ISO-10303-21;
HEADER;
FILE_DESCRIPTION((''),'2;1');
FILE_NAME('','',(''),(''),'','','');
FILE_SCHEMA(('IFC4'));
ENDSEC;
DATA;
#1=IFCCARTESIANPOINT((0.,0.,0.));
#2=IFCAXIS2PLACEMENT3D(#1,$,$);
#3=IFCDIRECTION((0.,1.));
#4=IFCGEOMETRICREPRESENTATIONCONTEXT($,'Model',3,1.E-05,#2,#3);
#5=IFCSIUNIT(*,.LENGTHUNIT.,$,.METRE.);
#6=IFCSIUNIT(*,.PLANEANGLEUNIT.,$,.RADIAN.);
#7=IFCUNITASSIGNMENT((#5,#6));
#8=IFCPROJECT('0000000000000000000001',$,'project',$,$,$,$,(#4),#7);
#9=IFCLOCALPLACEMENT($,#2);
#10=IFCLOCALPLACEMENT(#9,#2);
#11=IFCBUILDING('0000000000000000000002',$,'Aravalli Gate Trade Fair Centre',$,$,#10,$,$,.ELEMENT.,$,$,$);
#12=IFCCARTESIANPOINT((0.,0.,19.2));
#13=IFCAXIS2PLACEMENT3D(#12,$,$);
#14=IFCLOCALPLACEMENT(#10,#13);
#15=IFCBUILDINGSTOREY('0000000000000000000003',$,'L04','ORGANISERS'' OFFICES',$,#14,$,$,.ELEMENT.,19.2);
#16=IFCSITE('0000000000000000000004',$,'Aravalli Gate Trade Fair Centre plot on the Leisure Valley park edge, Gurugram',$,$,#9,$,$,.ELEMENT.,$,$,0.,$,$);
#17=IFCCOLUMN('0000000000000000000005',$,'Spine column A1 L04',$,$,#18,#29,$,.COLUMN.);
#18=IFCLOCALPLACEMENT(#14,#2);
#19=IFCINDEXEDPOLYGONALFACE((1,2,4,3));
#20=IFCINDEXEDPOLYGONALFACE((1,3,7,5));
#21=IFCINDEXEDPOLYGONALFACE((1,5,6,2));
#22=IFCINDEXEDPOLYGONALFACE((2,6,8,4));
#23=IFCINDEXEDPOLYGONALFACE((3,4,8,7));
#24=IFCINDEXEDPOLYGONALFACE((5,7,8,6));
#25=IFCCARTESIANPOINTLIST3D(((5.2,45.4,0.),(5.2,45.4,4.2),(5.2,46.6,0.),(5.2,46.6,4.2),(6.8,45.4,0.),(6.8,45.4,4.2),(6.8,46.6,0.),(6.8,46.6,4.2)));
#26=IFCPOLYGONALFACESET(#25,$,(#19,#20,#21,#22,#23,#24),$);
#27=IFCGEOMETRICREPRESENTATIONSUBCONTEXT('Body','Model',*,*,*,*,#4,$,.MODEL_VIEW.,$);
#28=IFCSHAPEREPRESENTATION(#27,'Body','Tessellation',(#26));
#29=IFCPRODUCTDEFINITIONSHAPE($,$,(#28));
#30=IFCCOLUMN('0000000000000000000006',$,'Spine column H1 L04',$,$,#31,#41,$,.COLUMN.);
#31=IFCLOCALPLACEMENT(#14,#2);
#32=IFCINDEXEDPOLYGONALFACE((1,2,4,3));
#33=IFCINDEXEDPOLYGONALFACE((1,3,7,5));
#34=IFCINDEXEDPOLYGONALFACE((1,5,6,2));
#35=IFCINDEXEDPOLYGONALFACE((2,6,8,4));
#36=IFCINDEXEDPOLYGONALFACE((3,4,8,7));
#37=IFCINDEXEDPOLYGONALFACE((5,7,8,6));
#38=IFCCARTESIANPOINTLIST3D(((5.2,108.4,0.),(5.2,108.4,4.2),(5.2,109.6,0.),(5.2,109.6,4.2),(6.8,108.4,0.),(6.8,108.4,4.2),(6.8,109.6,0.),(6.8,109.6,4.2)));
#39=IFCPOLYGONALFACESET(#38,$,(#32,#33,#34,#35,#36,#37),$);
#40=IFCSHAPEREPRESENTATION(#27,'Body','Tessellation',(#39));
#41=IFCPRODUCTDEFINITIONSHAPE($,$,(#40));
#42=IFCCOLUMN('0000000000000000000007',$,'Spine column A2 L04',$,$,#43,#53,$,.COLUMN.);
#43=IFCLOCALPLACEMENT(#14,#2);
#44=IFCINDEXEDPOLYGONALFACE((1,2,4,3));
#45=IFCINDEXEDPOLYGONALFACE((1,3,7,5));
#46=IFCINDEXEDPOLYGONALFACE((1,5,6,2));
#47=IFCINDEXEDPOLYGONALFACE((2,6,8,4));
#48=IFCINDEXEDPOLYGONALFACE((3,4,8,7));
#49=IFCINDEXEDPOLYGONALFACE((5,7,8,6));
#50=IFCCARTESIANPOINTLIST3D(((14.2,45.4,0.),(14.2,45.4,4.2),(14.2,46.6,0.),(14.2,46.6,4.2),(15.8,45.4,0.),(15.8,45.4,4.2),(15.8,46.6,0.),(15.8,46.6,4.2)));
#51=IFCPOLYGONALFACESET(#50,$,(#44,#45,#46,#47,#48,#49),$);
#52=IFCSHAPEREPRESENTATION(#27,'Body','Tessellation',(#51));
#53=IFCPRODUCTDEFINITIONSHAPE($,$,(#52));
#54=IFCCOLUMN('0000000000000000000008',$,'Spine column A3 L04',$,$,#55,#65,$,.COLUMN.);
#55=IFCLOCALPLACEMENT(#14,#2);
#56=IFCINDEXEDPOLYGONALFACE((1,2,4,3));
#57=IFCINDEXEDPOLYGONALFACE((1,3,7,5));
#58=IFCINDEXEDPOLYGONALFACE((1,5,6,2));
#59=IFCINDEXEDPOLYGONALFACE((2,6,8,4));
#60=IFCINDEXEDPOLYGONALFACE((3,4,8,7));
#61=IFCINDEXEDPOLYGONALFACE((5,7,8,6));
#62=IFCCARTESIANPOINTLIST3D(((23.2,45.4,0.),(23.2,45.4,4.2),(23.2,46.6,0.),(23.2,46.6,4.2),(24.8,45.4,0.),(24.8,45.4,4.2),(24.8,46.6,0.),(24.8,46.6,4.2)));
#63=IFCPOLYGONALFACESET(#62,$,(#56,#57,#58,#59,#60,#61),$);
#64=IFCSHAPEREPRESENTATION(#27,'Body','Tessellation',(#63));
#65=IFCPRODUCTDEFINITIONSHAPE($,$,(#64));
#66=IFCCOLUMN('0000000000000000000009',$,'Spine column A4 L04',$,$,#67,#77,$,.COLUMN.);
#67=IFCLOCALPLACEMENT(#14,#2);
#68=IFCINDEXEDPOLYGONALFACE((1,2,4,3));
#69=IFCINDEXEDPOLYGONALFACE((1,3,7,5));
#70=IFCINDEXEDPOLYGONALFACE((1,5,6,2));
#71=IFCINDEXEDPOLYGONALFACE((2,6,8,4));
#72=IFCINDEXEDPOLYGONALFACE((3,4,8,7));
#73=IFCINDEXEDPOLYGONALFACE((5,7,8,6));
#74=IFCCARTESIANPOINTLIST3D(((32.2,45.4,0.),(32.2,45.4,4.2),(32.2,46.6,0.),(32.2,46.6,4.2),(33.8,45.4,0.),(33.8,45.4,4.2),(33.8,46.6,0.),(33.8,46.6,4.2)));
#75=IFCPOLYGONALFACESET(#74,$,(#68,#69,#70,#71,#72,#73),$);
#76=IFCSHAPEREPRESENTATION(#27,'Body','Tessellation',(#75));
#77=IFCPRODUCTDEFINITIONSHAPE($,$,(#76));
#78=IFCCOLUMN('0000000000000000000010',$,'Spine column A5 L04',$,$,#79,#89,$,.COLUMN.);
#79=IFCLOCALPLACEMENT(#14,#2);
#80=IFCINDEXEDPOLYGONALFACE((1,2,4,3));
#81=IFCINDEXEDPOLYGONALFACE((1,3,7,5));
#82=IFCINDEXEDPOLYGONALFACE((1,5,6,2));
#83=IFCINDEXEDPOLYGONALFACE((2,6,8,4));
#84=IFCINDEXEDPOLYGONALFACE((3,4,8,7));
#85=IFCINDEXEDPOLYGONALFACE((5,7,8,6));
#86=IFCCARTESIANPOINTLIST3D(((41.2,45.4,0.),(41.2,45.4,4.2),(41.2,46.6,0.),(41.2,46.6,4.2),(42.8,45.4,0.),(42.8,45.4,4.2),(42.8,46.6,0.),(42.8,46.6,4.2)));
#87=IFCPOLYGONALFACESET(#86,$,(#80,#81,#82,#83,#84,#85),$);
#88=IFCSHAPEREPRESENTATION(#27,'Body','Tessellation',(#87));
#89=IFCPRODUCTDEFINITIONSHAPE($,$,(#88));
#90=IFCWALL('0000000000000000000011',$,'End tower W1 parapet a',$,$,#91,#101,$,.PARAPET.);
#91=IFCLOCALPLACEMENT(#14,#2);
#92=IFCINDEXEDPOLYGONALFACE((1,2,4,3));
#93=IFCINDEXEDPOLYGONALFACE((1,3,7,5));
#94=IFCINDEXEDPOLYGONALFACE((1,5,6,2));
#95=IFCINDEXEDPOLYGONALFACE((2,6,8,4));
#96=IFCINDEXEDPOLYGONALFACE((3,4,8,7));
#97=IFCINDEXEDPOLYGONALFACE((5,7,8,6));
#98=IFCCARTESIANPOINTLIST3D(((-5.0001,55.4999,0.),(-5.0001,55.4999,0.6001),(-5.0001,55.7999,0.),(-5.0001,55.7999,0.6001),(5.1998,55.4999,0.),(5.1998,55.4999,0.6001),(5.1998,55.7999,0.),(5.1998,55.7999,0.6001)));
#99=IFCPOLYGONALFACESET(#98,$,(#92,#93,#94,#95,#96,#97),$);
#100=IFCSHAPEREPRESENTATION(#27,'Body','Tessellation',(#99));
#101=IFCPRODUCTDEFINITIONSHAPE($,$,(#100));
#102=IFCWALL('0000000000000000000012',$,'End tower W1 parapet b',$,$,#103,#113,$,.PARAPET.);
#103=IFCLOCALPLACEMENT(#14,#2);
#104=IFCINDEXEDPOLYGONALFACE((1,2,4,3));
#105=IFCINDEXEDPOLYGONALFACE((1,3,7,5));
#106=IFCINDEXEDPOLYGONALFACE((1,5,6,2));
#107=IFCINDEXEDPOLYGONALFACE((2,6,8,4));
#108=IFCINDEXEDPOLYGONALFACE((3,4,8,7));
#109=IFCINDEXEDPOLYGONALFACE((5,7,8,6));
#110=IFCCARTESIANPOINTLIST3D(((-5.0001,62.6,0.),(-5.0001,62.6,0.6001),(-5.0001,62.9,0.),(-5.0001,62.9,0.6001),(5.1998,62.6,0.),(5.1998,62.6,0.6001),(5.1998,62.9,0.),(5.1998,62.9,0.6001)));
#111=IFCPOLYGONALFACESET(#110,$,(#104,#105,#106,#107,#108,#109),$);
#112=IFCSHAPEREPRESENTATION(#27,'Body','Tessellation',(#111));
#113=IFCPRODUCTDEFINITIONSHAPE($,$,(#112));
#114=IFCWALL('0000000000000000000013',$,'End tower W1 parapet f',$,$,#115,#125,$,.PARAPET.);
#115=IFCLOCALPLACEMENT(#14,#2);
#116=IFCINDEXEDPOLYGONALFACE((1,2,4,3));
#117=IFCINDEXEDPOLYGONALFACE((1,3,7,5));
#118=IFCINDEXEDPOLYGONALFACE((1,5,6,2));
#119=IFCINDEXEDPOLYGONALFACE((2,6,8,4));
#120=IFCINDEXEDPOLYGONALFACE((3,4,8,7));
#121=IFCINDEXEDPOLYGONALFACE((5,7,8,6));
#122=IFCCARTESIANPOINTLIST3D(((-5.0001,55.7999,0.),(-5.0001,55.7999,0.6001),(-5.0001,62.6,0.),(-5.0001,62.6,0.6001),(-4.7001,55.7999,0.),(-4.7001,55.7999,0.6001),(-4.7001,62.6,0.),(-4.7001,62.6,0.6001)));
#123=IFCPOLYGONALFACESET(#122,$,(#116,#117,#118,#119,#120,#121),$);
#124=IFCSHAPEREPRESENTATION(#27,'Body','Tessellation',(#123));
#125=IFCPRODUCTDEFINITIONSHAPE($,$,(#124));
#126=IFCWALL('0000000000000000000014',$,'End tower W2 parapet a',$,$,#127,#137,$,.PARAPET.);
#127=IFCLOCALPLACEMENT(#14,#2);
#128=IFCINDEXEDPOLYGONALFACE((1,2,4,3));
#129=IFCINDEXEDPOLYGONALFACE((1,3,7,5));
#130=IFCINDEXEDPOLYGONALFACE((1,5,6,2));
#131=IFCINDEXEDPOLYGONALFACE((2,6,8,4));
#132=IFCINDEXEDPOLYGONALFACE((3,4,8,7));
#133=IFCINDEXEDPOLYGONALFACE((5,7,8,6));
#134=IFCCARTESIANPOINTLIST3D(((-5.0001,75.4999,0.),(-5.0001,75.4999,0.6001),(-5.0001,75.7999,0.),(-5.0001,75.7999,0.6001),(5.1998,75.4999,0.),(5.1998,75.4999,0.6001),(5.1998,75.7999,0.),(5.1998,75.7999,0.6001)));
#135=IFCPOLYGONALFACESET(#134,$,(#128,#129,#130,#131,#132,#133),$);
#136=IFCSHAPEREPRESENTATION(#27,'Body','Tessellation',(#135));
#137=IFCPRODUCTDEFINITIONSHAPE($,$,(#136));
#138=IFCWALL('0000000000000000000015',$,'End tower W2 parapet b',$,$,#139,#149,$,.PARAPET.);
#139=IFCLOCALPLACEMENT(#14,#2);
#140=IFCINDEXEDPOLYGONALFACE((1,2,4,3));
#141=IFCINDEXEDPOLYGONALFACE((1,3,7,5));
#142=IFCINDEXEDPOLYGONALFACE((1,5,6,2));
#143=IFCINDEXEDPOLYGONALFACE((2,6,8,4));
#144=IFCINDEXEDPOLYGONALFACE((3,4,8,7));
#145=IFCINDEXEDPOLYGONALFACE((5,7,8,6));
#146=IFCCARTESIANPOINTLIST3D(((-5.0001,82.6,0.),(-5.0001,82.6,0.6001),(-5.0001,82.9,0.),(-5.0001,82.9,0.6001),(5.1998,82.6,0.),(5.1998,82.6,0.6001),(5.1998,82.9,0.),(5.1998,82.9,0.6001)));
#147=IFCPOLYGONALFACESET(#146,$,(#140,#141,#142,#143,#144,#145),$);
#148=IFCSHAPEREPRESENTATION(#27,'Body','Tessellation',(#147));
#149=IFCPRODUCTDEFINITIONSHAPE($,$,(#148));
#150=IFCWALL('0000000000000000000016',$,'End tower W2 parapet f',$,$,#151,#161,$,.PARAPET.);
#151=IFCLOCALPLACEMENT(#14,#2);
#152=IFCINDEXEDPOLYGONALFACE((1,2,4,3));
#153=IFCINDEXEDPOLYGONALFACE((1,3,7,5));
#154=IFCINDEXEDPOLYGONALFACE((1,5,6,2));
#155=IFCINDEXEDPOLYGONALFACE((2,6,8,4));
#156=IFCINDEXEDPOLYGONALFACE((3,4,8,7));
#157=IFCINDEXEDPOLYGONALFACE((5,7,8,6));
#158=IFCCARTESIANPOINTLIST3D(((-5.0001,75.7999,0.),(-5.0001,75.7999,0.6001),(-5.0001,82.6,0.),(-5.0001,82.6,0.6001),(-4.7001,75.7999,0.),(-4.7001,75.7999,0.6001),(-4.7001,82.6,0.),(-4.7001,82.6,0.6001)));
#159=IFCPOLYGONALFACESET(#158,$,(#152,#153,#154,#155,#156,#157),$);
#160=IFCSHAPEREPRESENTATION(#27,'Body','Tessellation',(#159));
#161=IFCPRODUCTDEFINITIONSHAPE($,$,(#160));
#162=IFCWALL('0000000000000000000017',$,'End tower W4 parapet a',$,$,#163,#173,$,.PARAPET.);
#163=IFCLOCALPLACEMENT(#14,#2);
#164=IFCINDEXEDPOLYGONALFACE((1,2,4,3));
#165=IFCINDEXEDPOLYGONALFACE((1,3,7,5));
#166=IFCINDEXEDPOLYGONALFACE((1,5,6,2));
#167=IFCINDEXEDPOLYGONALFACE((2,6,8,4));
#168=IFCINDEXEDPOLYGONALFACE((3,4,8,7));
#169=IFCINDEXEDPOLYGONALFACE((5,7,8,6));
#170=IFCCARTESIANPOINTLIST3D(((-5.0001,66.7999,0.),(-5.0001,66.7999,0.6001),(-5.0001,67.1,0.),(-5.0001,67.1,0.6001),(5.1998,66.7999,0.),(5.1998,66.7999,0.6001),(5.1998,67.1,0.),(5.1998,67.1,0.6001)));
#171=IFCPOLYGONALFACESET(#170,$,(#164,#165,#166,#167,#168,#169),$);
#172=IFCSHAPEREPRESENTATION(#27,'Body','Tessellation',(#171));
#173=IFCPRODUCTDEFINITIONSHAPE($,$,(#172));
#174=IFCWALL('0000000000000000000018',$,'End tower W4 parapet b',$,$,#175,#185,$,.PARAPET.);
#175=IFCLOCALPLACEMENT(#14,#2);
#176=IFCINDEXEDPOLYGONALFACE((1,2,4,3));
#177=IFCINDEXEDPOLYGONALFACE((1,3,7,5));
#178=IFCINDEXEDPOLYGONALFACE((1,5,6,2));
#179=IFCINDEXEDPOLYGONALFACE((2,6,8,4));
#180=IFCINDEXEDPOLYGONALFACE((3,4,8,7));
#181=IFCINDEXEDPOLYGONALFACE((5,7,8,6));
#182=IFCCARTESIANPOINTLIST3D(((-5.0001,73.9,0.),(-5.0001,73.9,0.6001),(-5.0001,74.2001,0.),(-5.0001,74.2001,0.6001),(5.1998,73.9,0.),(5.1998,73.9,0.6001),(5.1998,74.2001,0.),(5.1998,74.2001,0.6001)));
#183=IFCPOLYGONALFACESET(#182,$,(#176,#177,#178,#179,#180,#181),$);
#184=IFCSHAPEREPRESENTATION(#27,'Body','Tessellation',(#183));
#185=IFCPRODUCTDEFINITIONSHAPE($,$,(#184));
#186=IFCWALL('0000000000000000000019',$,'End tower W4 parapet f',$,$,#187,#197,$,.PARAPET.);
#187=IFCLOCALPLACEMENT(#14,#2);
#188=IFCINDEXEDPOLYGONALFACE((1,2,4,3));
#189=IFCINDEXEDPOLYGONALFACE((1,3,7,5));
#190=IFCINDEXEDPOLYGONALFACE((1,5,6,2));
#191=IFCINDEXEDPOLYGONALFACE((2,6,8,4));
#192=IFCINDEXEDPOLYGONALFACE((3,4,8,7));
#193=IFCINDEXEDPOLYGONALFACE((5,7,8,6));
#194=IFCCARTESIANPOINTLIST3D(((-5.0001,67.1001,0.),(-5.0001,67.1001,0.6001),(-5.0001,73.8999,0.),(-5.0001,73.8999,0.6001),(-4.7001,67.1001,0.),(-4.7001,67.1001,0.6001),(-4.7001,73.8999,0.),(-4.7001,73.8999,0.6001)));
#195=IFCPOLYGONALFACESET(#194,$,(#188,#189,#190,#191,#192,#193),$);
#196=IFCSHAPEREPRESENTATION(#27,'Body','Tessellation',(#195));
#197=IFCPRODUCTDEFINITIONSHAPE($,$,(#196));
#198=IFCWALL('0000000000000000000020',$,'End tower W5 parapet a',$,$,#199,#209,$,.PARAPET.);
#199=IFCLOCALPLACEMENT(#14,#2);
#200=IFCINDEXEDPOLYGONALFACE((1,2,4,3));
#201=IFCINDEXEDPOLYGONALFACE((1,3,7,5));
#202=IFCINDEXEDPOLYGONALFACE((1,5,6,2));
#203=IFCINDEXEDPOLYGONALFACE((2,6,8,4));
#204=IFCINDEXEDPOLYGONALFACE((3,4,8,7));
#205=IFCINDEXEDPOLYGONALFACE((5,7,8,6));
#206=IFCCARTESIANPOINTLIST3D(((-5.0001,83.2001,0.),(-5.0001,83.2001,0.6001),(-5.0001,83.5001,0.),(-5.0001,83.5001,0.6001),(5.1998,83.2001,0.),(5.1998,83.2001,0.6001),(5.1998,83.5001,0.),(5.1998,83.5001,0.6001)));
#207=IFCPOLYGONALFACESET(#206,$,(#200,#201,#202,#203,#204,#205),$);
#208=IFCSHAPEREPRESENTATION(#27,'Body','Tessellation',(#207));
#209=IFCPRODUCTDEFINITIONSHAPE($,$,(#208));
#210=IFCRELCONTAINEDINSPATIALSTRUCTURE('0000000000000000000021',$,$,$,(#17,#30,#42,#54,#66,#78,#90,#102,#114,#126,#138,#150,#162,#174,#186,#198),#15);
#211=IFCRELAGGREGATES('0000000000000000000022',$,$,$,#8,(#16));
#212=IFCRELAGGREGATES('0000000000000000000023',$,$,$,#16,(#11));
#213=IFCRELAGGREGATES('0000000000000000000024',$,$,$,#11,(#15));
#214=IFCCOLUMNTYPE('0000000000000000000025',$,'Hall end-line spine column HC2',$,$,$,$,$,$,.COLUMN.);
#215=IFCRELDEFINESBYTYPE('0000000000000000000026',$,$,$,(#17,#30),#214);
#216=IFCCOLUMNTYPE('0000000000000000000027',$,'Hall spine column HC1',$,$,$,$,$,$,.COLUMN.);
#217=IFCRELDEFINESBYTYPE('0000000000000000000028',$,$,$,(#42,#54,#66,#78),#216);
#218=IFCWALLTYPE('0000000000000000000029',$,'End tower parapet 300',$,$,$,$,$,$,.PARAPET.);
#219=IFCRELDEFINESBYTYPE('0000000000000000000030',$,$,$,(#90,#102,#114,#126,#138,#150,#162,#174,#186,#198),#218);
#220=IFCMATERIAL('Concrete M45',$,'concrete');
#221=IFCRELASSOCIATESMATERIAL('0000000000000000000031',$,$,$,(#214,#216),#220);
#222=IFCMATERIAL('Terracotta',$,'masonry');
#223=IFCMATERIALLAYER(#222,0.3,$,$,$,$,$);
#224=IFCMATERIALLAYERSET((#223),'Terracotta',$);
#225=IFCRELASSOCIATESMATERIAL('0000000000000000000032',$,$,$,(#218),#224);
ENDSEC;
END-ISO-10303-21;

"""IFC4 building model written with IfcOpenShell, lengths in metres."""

from ifc_helpers import new_model, si_unit, direction, frame, frame_2d, origin, origin_2d, place, context, subcontext, project, spatial, rectangle, extrude, material, layer, layer_set, material_profile, profile_set, type_object, element, save


model = new_model("IFC4")

# Units and contexts
model_context = context("Model", 3, precision=1e-05, world=origin(), true_north=direction((0.0, 1.0)))
body_context = subcontext(model_context, "Body", "Model", "MODEL_VIEW")
ifc_project = project(units=[si_unit("LENGTHUNIT", "METRE"), si_unit("PLANEANGLEUNIT", "RADIAN")], contexts=[model_context])

# Site, building, storey
site_placement = place(None, origin())
site = spatial("IfcSite", under=ifc_project, at=site_placement, Name="Aravalli Gate Trade Fair Centre plot on the Leisure Valley park edge, Gurugram", CompositionType="ELEMENT", RefElevation=0.0)
building_placement = place(site_placement, origin())
building = spatial("IfcBuilding", under=site, at=building_placement, Name="Aravalli Gate Trade Fair Centre", CompositionType="ELEMENT")
storey_placement = place(building_placement, frame((0.0, 0.0, 19.2)))
storey = spatial("IfcBuildingStorey", under=building, at=storey_placement, Name="L04", Description="ORGANISERS' OFFICES", CompositionType="ELEMENT", Elevation=19.2)

# Columns
ifc_material_1 = material(Name="Concrete M45", Category="concrete")
ifc_material_profile_1 = material_profile(ifc_material_1, rectangle(XDim=1.6001, YDim=1.2, at=origin_2d()), Name="RC 1600x1200")
ifc_profile_set_1 = profile_set([ifc_material_profile_1], Name="Concrete M45")
column_type_1 = type_object("IfcColumnType", Name="Hall end-line spine column HC2", PredefinedType="COLUMN", material=ifc_profile_set_1)
for number, where, z_axis, x_axis, name in (
    (1, (6.0, 46.0, 0.0), (0.0, 0.0, 1.0), (1.0, 0.0, 0.0), "Spine column A1 L04"),
    (2, (6.0, 109.0, 0.0), (0.0, 0.0, 1.0), (1.0, 0.0, 0.0), "Spine column H1 L04"),
):
    element("IfcColumn", number, at=place(storey_placement, frame(where, z_axis=z_axis, x_axis=x_axis)), inside=storey, type_object=column_type_1, Name=name, PredefinedType="COLUMN", context=body_context, shape_type="SweptSolid", body=[
        extrude(rectangle(XDim=1.6001, YDim=1.2, at=origin_2d()), origin(), (0.0, 0.0, 1.0), 4.2),
    ])
ifc_material_profile_2 = material_profile(ifc_material_1, rectangle(XDim=1.6001, YDim=1.2, at=origin_2d()), Name="RC 1600x1200")
ifc_profile_set_2 = profile_set([ifc_material_profile_2], Name="Concrete M45")
column_type_2 = type_object("IfcColumnType", Name="Hall spine column HC1", PredefinedType="COLUMN", material=ifc_profile_set_2)
for number, where, z_axis, x_axis, name in (
    (3, (15.0, 46.0, 0.0), (0.0, 0.0, 1.0), (1.0, 0.0, 0.0), "Spine column A2 L04"),
    (4, (24.0, 46.0, 0.0), (0.0, 0.0, 1.0), (1.0, 0.0, 0.0), "Spine column A3 L04"),
    (5, (33.0, 46.0, 0.0), (0.0, 0.0, 1.0), (1.0, 0.0, 0.0), "Spine column A4 L04"),
    (6, (42.0, 46.0, 0.0), (0.0, 0.0, 1.0), (1.0, 0.0, 0.0), "Spine column A5 L04"),
):
    element("IfcColumn", number, at=place(storey_placement, frame(where, z_axis=z_axis, x_axis=x_axis)), inside=storey, type_object=column_type_2, Name=name, PredefinedType="COLUMN", context=body_context, shape_type="SweptSolid", body=[
        extrude(rectangle(XDim=1.6001, YDim=1.2, at=origin_2d()), origin(), (0.0, 0.0, 1.0), 4.2),
    ])

# Walls
ifc_material_2 = material(Name="Terracotta", Category="masonry")
ifc_layer_1 = layer(ifc_material_2, 0.3)
ifc_layer_set_1 = layer_set([ifc_layer_1], Name="Terracotta")
wall_type_1 = type_object("IfcWallType", Name="End tower parapet 300", PredefinedType="PARAPET", material=ifc_layer_set_1)
for number, where, z_axis, x_axis, name in (
    (7, (5.2, 55.6499, 0.0), (0.0, 0.0, 1.0), (-1.0, 0.0, 0.0), "End tower W1 parapet a"),
    (8, (5.2, 62.75, 0.0), (0.0, 0.0, 1.0), (-1.0, 0.0, 0.0), "End tower W1 parapet b"),
):
    element("IfcWall", number, at=place(storey_placement, frame(where, z_axis=z_axis, x_axis=x_axis)), inside=storey, type_object=wall_type_1, Name=name, PredefinedType="PARAPET", context=body_context, shape_type="SweptSolid", body=[
        extrude(rectangle(XDim=10.2, YDim=0.3, at=frame_2d((5.1001, 0.0))), origin(), (0.0, 0.0, 1.0), 0.6001),
    ])
wall_1_placement = place(storey_placement, frame((-4.8501, 55.8, 0.0), z_axis=(0.0, 0.0, 1.0), x_axis=(0.0, 1.0, 0.0)))
element("IfcWall", 9, at=wall_1_placement, inside=storey, type_object=wall_type_1, Name="End tower W1 parapet f", PredefinedType="PARAPET", context=body_context, shape_type="SweptSolid", body=[
    extrude(rectangle(XDim=6.8, YDim=0.3, at=frame_2d((3.3999, 0.0))), origin(), (0.0, 0.0, 1.0), 0.6001),
])
for number, where, z_axis, x_axis, name in (
    (10, (5.2, 75.6499, 0.0), (0.0, 0.0, 1.0), (-1.0, 0.0, 0.0), "End tower W2 parapet a"),
    (11, (5.2, 82.75, 0.0), (0.0, 0.0, 1.0), (-1.0, 0.0, 0.0), "End tower W2 parapet b"),
):
    element("IfcWall", number, at=place(storey_placement, frame(where, z_axis=z_axis, x_axis=x_axis)), inside=storey, type_object=wall_type_1, Name=name, PredefinedType="PARAPET", context=body_context, shape_type="SweptSolid", body=[
        extrude(rectangle(XDim=10.2, YDim=0.3, at=frame_2d((5.1001, 0.0))), origin(), (0.0, 0.0, 1.0), 0.6001),
    ])
wall_2_placement = place(storey_placement, frame((-4.8501, 75.8, 0.0), z_axis=(0.0, 0.0, 1.0), x_axis=(0.0, 1.0, 0.0)))
element("IfcWall", 12, at=wall_2_placement, inside=storey, type_object=wall_type_1, Name="End tower W2 parapet f", PredefinedType="PARAPET", context=body_context, shape_type="SweptSolid", body=[
    extrude(rectangle(XDim=6.8, YDim=0.3, at=frame_2d((3.3999, 0.0))), origin(), (0.0, 0.0, 1.0), 0.6001),
])
for number, where, z_axis, x_axis, name in (
    (13, (5.2, 66.95, 0.0), (0.0, 0.0, 1.0), (-1.0, 0.0, 0.0), "End tower W4 parapet a"),
    (14, (5.2, 74.05, 0.0), (0.0, 0.0, 1.0), (-1.0, 0.0, 0.0), "End tower W4 parapet b"),
):
    element("IfcWall", number, at=place(storey_placement, frame(where, z_axis=z_axis, x_axis=x_axis)), inside=storey, type_object=wall_type_1, Name=name, PredefinedType="PARAPET", context=body_context, shape_type="SweptSolid", body=[
        extrude(rectangle(XDim=10.2, YDim=0.3, at=frame_2d((5.1001, 0.0))), origin(), (0.0, 0.0, 1.0), 0.6001),
    ])
wall_3_placement = place(storey_placement, frame((-4.8501, 67.1001, 0.0), z_axis=(0.0, 0.0, 1.0), x_axis=(0.0, 1.0, 0.0)))
element("IfcWall", 15, at=wall_3_placement, inside=storey, type_object=wall_type_1, Name="End tower W4 parapet f", PredefinedType="PARAPET", context=body_context, shape_type="SweptSolid", body=[
    extrude(rectangle(XDim=6.7998, YDim=0.3, at=frame_2d((3.3999, 0.0))), origin(), (0.0, 0.0, 1.0), 0.6001),
])
for number, where, z_axis, x_axis, name in (
    (16, (5.2, 83.3501, 0.0), (0.0, 0.0, 1.0), (-1.0, 0.0, 0.0), "End tower W5 parapet a"),
):
    element("IfcWall", number, at=place(storey_placement, frame(where, z_axis=z_axis, x_axis=x_axis)), inside=storey, type_object=wall_type_1, Name=name, PredefinedType="PARAPET", context=body_context, shape_type="SweptSolid", body=[
        extrude(rectangle(XDim=10.2, YDim=0.3, at=frame_2d((5.1001, 0.0))), origin(), (0.0, 0.0, 1.0), 0.6001),
    ])

save(model, "model.ifc")
